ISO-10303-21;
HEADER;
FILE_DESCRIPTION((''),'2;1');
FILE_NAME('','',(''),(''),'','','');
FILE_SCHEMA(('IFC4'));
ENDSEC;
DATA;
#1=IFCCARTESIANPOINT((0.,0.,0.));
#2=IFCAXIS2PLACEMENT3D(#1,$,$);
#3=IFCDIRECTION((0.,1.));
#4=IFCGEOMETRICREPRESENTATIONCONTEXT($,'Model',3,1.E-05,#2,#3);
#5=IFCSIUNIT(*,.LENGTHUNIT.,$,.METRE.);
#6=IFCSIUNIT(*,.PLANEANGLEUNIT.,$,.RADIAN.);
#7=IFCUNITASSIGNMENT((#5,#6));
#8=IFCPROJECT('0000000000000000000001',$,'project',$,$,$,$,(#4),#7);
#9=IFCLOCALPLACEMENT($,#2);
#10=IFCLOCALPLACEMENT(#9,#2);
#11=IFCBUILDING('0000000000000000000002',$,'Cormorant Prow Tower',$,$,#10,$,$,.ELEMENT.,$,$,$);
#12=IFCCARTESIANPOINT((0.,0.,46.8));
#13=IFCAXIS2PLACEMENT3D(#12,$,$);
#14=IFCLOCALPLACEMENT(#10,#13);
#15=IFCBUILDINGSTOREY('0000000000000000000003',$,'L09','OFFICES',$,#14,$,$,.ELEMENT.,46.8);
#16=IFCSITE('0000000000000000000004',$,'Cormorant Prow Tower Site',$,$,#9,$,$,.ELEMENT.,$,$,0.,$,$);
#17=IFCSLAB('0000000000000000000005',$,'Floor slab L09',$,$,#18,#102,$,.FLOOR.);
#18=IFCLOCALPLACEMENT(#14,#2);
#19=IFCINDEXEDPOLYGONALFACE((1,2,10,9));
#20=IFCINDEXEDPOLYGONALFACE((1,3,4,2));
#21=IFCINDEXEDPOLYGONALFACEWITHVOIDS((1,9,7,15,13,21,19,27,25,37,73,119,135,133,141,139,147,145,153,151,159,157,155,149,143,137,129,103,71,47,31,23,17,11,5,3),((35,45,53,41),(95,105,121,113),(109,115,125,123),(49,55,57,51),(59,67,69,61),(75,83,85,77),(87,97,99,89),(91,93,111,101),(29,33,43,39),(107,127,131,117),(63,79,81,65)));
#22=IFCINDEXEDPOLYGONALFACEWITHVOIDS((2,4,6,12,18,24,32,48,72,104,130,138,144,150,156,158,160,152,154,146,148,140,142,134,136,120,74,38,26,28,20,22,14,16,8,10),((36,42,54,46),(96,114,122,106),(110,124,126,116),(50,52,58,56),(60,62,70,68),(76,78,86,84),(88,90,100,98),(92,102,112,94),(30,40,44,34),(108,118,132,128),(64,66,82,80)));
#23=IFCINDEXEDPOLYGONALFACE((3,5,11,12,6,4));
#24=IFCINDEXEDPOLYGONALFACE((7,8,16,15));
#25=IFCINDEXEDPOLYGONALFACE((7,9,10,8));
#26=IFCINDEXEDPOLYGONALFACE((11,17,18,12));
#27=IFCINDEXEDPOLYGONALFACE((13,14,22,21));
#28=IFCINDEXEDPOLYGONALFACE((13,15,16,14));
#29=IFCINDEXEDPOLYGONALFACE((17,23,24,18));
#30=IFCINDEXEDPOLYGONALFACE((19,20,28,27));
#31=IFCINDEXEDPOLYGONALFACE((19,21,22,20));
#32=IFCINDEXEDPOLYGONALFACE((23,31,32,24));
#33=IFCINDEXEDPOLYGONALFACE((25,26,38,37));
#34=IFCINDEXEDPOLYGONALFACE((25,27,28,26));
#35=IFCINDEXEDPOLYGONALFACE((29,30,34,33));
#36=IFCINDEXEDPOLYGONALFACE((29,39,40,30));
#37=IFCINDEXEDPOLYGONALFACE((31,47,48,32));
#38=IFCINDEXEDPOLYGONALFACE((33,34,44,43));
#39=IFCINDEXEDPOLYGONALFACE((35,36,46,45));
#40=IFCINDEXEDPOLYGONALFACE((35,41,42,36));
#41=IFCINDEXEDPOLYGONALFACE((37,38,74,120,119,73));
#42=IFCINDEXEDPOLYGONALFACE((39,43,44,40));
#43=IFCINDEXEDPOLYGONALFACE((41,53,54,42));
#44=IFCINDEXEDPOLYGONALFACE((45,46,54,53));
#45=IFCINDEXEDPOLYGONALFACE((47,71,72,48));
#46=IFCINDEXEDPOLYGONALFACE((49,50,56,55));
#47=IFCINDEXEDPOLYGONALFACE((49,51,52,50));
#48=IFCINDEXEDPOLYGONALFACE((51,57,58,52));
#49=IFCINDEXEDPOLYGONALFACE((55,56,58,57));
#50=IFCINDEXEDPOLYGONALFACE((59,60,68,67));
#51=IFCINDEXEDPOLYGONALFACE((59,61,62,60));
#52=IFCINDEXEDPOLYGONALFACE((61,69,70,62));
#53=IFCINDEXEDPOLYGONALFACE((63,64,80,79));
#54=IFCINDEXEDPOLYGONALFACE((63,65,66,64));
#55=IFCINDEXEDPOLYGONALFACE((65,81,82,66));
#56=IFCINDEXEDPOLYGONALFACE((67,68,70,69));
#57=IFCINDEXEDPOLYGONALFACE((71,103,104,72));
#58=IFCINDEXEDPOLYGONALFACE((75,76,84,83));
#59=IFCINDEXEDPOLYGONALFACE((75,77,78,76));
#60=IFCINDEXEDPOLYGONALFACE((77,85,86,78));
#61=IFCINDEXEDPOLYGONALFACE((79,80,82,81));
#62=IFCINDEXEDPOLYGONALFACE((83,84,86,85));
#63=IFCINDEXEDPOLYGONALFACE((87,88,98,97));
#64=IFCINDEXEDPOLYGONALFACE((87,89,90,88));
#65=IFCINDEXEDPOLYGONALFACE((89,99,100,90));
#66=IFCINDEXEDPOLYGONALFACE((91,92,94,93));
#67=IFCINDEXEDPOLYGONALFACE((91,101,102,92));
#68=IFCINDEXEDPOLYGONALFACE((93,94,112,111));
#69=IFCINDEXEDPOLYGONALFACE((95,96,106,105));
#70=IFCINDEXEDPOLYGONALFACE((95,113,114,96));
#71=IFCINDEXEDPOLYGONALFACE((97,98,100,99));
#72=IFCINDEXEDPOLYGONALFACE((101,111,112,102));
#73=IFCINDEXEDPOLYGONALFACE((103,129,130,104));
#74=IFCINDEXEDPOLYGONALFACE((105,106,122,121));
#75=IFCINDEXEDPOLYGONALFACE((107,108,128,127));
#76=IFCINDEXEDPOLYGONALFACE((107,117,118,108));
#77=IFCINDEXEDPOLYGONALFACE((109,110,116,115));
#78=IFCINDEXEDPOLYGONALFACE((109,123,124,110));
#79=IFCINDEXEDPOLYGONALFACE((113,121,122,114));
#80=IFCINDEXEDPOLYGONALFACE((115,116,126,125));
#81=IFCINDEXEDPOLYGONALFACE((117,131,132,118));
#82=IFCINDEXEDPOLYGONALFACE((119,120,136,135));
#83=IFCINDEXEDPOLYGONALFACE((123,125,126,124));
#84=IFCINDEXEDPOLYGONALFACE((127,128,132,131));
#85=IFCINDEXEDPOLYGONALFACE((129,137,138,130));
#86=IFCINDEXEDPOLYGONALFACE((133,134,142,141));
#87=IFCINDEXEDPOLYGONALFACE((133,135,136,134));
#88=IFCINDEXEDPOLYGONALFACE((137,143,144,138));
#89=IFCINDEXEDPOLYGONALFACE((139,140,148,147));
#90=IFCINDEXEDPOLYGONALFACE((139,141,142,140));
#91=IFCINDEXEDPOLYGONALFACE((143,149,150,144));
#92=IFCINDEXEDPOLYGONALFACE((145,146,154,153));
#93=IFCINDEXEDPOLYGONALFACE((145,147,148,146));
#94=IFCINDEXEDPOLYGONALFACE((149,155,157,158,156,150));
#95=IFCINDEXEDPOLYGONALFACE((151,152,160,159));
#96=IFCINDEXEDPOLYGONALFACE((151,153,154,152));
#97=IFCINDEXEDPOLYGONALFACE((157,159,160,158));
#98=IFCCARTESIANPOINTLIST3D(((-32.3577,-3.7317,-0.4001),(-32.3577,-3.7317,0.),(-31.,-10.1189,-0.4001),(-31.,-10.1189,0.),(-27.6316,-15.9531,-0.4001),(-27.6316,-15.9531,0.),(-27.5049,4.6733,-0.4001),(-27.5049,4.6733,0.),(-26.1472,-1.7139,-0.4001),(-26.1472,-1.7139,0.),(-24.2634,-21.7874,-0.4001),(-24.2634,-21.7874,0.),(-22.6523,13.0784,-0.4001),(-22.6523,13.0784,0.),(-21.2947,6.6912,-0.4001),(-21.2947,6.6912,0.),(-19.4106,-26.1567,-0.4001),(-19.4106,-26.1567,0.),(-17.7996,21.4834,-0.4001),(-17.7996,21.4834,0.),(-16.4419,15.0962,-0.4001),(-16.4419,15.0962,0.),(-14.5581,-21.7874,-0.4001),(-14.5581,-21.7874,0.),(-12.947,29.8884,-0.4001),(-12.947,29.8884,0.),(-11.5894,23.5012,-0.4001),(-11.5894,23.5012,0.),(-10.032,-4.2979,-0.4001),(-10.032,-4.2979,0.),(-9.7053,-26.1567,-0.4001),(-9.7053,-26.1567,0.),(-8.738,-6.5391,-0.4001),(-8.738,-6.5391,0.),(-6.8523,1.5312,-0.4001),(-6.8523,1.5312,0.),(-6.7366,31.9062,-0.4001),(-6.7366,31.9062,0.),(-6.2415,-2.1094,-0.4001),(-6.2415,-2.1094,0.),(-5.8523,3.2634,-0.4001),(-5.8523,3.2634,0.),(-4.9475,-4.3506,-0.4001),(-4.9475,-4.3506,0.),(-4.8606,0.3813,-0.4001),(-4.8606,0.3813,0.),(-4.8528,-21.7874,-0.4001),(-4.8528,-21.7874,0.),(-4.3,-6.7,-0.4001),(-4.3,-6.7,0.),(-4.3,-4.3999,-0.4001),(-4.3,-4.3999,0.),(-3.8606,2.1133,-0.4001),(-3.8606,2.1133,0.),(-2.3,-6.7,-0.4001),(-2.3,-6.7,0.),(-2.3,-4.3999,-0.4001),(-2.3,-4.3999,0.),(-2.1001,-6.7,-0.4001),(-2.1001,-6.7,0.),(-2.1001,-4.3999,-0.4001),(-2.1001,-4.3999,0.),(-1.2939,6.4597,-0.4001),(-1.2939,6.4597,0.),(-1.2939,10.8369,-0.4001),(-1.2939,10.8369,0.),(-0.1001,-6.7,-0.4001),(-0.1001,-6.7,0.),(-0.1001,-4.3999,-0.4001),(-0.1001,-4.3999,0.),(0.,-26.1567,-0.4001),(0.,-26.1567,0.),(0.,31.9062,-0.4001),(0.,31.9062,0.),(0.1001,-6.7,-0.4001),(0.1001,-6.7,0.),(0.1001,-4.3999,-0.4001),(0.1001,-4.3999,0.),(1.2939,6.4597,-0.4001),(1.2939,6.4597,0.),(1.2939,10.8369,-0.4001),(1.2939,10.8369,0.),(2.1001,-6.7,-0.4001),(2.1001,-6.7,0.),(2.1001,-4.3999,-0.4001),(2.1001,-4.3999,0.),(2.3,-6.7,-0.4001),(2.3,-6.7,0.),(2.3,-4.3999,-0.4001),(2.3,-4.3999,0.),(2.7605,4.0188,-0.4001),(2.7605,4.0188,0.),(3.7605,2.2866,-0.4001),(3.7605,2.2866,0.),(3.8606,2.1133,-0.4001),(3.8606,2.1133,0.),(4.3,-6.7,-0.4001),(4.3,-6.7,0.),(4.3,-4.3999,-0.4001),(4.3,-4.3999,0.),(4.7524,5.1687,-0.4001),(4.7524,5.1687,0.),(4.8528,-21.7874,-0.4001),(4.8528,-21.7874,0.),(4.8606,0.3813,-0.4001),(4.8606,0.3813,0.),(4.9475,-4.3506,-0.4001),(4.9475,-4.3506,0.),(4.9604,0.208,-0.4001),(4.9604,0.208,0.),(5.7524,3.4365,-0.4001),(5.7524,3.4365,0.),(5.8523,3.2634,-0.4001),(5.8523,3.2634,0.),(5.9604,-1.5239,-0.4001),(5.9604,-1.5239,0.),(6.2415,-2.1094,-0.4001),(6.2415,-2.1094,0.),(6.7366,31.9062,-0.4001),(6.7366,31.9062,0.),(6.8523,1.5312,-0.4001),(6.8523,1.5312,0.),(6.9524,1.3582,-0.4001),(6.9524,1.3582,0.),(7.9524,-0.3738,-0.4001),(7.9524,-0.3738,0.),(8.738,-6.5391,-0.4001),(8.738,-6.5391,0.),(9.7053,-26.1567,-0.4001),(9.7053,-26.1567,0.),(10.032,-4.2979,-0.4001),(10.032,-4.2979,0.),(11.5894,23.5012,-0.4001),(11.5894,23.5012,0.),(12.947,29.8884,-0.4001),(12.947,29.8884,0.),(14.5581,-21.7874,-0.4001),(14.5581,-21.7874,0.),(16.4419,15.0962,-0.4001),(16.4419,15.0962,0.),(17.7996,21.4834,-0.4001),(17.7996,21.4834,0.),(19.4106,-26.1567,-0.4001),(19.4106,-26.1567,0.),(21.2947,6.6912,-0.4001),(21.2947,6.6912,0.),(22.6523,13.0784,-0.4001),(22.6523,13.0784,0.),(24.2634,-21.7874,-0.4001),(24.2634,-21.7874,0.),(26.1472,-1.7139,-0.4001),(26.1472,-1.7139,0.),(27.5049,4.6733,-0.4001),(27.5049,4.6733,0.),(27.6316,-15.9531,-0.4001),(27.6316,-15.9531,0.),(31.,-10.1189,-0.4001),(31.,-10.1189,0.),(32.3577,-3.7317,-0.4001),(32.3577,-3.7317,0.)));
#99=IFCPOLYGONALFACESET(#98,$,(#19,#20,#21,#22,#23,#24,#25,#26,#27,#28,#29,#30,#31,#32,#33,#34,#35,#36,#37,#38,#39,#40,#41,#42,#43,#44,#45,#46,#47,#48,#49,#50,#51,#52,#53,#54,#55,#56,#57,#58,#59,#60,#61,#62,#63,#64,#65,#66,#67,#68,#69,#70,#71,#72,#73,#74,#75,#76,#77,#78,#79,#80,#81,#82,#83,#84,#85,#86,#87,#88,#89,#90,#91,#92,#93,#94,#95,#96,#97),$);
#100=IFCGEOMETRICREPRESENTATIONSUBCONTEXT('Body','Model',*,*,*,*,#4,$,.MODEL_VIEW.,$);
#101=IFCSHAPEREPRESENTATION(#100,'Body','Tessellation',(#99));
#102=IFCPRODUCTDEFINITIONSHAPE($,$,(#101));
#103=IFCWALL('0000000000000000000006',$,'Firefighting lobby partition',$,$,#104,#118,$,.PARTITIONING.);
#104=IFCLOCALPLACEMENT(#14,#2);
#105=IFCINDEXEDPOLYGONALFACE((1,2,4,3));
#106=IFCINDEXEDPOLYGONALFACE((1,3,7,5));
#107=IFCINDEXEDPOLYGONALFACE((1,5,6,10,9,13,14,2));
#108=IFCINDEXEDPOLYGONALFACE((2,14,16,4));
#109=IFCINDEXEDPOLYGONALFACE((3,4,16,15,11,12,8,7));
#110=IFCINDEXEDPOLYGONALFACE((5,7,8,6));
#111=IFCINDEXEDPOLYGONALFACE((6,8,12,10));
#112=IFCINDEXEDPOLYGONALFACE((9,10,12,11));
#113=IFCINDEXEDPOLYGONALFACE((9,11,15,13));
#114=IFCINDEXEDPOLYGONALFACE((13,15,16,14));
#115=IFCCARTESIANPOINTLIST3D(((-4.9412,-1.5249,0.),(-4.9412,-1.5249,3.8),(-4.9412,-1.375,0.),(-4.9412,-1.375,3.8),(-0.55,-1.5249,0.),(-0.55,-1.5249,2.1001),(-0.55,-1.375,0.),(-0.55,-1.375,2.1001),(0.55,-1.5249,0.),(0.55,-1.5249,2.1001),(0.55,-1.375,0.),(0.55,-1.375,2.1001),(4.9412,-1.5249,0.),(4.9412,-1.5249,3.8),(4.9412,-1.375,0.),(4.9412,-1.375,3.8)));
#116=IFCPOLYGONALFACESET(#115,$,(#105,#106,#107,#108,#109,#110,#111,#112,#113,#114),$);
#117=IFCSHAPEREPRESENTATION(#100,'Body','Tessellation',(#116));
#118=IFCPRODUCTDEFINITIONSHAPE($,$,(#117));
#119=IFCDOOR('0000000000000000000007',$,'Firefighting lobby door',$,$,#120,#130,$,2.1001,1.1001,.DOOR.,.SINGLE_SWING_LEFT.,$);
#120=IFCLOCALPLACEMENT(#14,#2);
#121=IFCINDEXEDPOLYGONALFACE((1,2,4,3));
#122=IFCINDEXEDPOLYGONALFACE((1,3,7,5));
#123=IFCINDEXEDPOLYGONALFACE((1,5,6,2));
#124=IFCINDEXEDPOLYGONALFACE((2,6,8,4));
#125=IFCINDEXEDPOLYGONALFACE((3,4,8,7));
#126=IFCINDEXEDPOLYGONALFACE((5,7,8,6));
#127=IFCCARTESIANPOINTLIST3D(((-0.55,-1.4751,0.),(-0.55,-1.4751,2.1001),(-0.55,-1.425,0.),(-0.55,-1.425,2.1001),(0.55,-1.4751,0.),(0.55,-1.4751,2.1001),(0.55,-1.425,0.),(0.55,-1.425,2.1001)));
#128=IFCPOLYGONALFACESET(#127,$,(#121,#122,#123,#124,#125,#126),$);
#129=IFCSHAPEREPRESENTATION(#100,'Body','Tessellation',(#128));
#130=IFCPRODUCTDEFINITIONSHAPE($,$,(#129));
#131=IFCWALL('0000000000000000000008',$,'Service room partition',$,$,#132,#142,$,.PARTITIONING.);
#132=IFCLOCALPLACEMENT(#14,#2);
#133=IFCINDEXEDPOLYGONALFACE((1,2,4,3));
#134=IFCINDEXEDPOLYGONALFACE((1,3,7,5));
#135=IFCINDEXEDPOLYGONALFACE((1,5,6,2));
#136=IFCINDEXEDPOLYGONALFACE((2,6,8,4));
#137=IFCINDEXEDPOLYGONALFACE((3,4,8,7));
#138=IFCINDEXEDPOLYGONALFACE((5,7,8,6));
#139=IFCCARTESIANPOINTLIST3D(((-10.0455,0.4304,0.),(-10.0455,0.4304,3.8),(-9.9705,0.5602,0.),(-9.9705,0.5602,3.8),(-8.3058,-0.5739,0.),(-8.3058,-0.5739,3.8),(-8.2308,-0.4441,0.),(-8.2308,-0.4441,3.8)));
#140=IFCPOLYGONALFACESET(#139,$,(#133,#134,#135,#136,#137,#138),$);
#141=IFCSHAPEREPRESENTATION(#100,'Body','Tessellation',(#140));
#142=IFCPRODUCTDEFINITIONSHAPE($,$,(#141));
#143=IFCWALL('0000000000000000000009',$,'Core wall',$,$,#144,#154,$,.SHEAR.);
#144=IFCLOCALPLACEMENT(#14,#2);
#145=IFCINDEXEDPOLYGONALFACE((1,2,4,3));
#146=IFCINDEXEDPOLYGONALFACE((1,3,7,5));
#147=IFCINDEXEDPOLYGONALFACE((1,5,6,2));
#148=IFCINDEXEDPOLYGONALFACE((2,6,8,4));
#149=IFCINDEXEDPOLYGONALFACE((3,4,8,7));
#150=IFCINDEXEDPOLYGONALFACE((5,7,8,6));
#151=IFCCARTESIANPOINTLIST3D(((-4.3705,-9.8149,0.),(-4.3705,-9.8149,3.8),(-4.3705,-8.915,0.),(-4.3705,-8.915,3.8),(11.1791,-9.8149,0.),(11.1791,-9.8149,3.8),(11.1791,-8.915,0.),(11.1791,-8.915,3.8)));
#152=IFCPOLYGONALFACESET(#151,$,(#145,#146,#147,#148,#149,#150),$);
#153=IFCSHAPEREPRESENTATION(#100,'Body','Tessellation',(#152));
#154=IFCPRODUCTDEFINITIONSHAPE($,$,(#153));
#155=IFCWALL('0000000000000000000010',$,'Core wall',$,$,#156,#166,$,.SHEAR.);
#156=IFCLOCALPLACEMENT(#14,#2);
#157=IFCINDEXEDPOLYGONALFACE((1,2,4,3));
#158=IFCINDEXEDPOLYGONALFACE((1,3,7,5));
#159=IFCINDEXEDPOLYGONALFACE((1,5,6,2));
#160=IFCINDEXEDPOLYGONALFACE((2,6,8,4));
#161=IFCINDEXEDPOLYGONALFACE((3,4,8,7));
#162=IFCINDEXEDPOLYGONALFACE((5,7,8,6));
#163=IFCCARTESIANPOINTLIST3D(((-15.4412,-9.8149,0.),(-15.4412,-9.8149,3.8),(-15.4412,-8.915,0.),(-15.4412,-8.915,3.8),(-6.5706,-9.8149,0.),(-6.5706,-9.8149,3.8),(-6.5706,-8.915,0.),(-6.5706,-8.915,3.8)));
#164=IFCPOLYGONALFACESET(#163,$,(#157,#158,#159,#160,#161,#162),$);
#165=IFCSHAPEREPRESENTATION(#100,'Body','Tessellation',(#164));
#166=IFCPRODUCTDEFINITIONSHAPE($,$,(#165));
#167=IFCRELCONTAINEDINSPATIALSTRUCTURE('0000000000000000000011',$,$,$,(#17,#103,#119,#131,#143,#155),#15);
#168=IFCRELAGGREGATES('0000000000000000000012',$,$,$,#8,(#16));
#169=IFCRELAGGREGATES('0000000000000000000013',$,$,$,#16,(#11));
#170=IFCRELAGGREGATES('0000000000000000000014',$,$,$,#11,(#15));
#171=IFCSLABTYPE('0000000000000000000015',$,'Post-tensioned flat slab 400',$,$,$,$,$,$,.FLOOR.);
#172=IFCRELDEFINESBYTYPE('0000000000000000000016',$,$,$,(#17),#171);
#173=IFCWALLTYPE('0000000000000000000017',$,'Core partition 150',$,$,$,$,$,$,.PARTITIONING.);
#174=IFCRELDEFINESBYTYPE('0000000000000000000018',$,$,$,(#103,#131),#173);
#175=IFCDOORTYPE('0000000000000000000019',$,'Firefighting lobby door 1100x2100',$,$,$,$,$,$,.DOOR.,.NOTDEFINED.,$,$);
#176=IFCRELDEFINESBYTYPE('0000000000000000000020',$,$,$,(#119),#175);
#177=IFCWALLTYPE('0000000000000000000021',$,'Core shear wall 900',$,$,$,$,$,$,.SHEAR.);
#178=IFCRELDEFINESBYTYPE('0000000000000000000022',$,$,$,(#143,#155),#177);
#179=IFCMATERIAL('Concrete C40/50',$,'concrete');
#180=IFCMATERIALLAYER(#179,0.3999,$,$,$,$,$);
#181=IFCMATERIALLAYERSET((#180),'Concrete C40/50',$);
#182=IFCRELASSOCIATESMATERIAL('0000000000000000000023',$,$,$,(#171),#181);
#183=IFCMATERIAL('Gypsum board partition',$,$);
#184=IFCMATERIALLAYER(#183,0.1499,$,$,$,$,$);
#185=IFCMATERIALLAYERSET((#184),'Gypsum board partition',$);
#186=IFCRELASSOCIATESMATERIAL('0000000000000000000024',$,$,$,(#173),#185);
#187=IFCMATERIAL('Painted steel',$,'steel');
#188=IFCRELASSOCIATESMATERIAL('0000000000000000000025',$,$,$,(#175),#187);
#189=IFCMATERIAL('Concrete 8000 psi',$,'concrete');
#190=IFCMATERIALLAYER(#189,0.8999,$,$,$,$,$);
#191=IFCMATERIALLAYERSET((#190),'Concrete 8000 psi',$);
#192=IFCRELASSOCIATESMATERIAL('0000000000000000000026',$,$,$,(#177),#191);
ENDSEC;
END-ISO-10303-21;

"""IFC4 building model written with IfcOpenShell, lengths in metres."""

from ifc_helpers import new_model, si_unit, direction, frame, frame_2d, origin, place, context, subcontext, project, spatial, polyline, rectangle, outline, extrude, material, layer, layer_set, type_object, element, fill, save


model = new_model("IFC4")

# Units and contexts
model_context = context("Model", 3, precision=1e-05, world=origin(), true_north=direction((0.0, 1.0)))
body_context = subcontext(model_context, "Body", "Model", "MODEL_VIEW")
ifc_project = project(units=[si_unit("LENGTHUNIT", "METRE"), si_unit("PLANEANGLEUNIT", "RADIAN")], contexts=[model_context])

# Site, building, storey
site_placement = place(None, origin())
site = spatial("IfcSite", under=ifc_project, at=site_placement, Name="Cormorant Prow Tower Site", CompositionType="ELEMENT", RefElevation=0.0)
building_placement = place(site_placement, origin())
building = spatial("IfcBuilding", under=site, at=building_placement, Name="Cormorant Prow Tower", CompositionType="ELEMENT")
storey_placement = place(building_placement, frame((0.0, 0.0, 46.8)))
storey = spatial("IfcBuildingStorey", under=building, at=storey_placement, Name="L09", Description="OFFICES", CompositionType="ELEMENT", Elevation=46.8)

# Slab
ifc_material_1 = material(Name="Concrete C40/50", Category="concrete")
ifc_layer_1 = layer(ifc_material_1, 0.3999)
ifc_layer_set_1 = layer_set([ifc_layer_1], Name="Concrete C40/50")
slab_type_1 = type_object("IfcSlabType", Name="Post-tensioned flat slab 400", PredefinedType="FLOOR", material=ifc_layer_set_1)
slab_1_placement = place(storey_placement, frame((0.0, 0.0, -0.4001)))
element("IfcSlab", 1, at=slab_1_placement, inside=storey, type_object=slab_type_1, Name="Floor slab L09", PredefinedType="FLOOR", context=body_context, shape_type="SweptSolid", body=[
    extrude(outline(polyline([(-12.947, 29.8884), (-11.5894, 23.5012), (-17.7996, 21.4834), (-16.4419, 15.0962), (-22.6523, 13.0784), (-21.2947, 6.6912), (-27.5049, 4.6733), (-26.1472, -1.7139), (-32.3577, -3.7317), (-31.0, -10.1189), (-27.6316, -15.9531), (-24.2634, -21.7874), (-19.4106, -26.1567), (-14.5581, -21.7874), (-9.7053, -26.1567), (-4.8528, -21.7874), (0.0, -26.1567), (4.8528, -21.7874), (9.7053, -26.1567), (14.5581, -21.7874), (19.4106, -26.1567), (24.2634, -21.7874), (27.6316, -15.9531), (31.0, -10.1189), (32.3577, -3.7317), (26.1472, -1.7139), (27.5049, 4.6733), (21.2947, 6.6912), (22.6523, 13.0784), (16.4419, 15.0962), (17.7996, 21.4834), (11.5894, 23.5012), (12.947, 29.8884), (6.7366, 31.9062), (0.0, 31.9062), (-6.7366, 31.9062), (-12.947, 29.8884)]), holes=[polyline([(-4.3, -6.7), (-4.3, -4.3999), (-2.3, -4.3999), (-2.3, -6.7), (-4.3, -6.7)]), polyline([(-2.1001, -4.3999), (-0.1001, -4.3999), (-0.1001, -6.7), (-2.1001, -6.7), (-2.1001, -4.3999)]), polyline([(2.1001, -4.3999), (2.1001, -6.7), (0.1001, -6.7), (0.1001, -4.3999), (2.1001, -4.3999)]), polyline([(4.3, -6.7), (2.3, -6.7), (2.3, -4.3999), (4.3, -4.3999), (4.3, -6.7)]), polyline([(7.9524, -0.3738), (5.9604, -1.5239), (4.9604, 0.208), (6.9524, 1.3582), (7.9524, -0.3738)]), polyline([(4.8606, 0.3813), (3.8606, 2.1133), (5.8523, 3.2634), (6.8523, 1.5312), (4.8606, 0.3813)]), polyline([(2.7605, 4.0188), (4.7524, 5.1687), (5.7524, 3.4365), (3.7605, 2.2866), (2.7605, 4.0188)]), polyline([(-6.8523, 1.5312), (-5.8523, 3.2634), (-3.8606, 2.1133), (-4.8606, 0.3813), (-6.8523, 1.5312)]), polyline([(-4.9475, -4.3506), (-8.738, -6.5391), (-10.032, -4.2979), (-6.2415, -2.1094), (-4.9475, -4.3506)]), polyline([(10.032, -4.2979), (8.738, -6.5391), (4.9475, -4.3506), (6.2415, -2.1094), (10.032, -4.2979)]), polyline([(1.2939, 10.8369), (1.2939, 6.4597), (-1.2939, 6.4597), (-1.2939, 10.8369), (1.2939, 10.8369)])]), origin(), (0.0, 0.0, 1.0), 0.4001),
])

# Wall, opening, door
ifc_material_2 = material(Name="Gypsum board partition")
ifc_layer_2 = layer(ifc_material_2, 0.1499)
ifc_layer_set_2 = layer_set([ifc_layer_2], Name="Gypsum board partition")
wall_type_1 = type_object("IfcWallType", Name="Core partition 150", PredefinedType="PARTITIONING", material=ifc_layer_set_2)
wall_1_placement = place(storey_placement, frame((-4.9412, -1.45, 0.0), z_axis=(0.0, 0.0, 1.0), x_axis=(1.0, 0.0, 0.0)))
wall_1 = element("IfcWall", 2, at=wall_1_placement, inside=storey, type_object=wall_type_1, Name="Firefighting lobby partition", PredefinedType="PARTITIONING", context=body_context, shape_type="SweptSolid", body=[
    extrude(rectangle(XDim=9.8823, YDim=0.1499, at=frame_2d((4.9412, 0.0))), origin(), (0.0, 0.0, 1.0), 3.8),
])
opening_1_placement = place(wall_1_placement, frame((4.3911, 0.0, 0.0)))
opening_1 = element("IfcOpeningElement", 3, at=opening_1_placement, cuts=wall_1, PredefinedType="OPENING", context=body_context, shape_type="SweptSolid", body=[
    extrude(rectangle(XDim=1.1001, YDim=2.1001, at=frame_2d((0.55, 1.05))), frame((0.0, 0.085, 0.0), z_axis=(0.0, -1.0, 0.0), x_axis=(1.0, 0.0, 0.0)), (0.0, 0.0, 1.0), 0.1699),
])
ifc_material_3 = material(Name="Painted steel", Category="steel")
door_type_1 = type_object("IfcDoorType", Name="Firefighting lobby door 1100x2100", OperationType="NOTDEFINED", PredefinedType="DOOR", material=ifc_material_3)
door_1_placement = place(opening_1_placement, origin())
door_1 = element("IfcDoor", 4, at=door_1_placement, inside=storey, type_object=door_type_1, Name="Firefighting lobby door", OperationType="SINGLE_SWING_LEFT", OverallHeight=2.1001, OverallWidth=1.1001, PredefinedType="DOOR", context=body_context, shape_type="SweptSolid", body=[
    extrude(rectangle(XDim=1.1001, YDim=2.1001, at=frame_2d((0.55, 1.05))), frame((0.0, 0.0249, 0.0), z_axis=(0.0, -1.0, 0.0), x_axis=(1.0, 0.0, 0.0)), (0.0, 0.0, 1.0), 0.05),
])
fill(opening_1, door_1)

# Walls
wall_2_placement = place(storey_placement, frame((-8.2683, -0.509, 0.0), z_axis=(0.0, 0.0, 1.0), x_axis=(-0.866036, 0.499982, 0.0)))
element("IfcWall", 5, at=wall_2_placement, inside=storey, type_object=wall_type_1, Name="Service room partition", PredefinedType="PARTITIONING", context=body_context, shape_type="SweptSolid", body=[
    extrude(rectangle(XDim=2.0088, YDim=0.1499, at=frame_2d((1.0044, 0.0))), origin(), (0.0, 0.0, 1.0), 3.8),
])
ifc_material_4 = material(Name="Concrete 8000 psi", Category="concrete")
ifc_layer_3 = layer(ifc_material_4, 0.8999)
ifc_layer_set_3 = layer_set([ifc_layer_3], Name="Concrete 8000 psi")
wall_type_2 = type_object("IfcWallType", Name="Core shear wall 900", PredefinedType="SHEAR", material=ifc_layer_set_3)
wall_3_placement = place(storey_placement, frame((-4.3706, -9.365, 0.0), z_axis=(0.0, 0.0, 1.0), x_axis=(1.0, 0.0, 0.0)))
element("IfcWall", 6, at=wall_3_placement, inside=storey, type_object=wall_type_2, Name="Core wall", PredefinedType="SHEAR", context=body_context, shape_type="SweptSolid", body=[
    extrude(rectangle(XDim=15.5496, YDim=0.8999, at=frame_2d((7.7749, 0.0))), origin(), (0.0, 0.0, 1.0), 3.8),
])
wall_4_placement = place(storey_placement, frame((-15.4412, -9.365, 0.0), z_axis=(0.0, 0.0, 1.0), x_axis=(1.0, 0.0, 0.0)))
element("IfcWall", 7, at=wall_4_placement, inside=storey, type_object=wall_type_2, Name="Core wall", PredefinedType="SHEAR", context=body_context, shape_type="SweptSolid", body=[
    extrude(rectangle(XDim=8.8706, YDim=0.8999, at=frame_2d((4.4353, 0.0))), origin(), (0.0, 0.0, 1.0), 3.8),
])

save(model, "model.ifc")
